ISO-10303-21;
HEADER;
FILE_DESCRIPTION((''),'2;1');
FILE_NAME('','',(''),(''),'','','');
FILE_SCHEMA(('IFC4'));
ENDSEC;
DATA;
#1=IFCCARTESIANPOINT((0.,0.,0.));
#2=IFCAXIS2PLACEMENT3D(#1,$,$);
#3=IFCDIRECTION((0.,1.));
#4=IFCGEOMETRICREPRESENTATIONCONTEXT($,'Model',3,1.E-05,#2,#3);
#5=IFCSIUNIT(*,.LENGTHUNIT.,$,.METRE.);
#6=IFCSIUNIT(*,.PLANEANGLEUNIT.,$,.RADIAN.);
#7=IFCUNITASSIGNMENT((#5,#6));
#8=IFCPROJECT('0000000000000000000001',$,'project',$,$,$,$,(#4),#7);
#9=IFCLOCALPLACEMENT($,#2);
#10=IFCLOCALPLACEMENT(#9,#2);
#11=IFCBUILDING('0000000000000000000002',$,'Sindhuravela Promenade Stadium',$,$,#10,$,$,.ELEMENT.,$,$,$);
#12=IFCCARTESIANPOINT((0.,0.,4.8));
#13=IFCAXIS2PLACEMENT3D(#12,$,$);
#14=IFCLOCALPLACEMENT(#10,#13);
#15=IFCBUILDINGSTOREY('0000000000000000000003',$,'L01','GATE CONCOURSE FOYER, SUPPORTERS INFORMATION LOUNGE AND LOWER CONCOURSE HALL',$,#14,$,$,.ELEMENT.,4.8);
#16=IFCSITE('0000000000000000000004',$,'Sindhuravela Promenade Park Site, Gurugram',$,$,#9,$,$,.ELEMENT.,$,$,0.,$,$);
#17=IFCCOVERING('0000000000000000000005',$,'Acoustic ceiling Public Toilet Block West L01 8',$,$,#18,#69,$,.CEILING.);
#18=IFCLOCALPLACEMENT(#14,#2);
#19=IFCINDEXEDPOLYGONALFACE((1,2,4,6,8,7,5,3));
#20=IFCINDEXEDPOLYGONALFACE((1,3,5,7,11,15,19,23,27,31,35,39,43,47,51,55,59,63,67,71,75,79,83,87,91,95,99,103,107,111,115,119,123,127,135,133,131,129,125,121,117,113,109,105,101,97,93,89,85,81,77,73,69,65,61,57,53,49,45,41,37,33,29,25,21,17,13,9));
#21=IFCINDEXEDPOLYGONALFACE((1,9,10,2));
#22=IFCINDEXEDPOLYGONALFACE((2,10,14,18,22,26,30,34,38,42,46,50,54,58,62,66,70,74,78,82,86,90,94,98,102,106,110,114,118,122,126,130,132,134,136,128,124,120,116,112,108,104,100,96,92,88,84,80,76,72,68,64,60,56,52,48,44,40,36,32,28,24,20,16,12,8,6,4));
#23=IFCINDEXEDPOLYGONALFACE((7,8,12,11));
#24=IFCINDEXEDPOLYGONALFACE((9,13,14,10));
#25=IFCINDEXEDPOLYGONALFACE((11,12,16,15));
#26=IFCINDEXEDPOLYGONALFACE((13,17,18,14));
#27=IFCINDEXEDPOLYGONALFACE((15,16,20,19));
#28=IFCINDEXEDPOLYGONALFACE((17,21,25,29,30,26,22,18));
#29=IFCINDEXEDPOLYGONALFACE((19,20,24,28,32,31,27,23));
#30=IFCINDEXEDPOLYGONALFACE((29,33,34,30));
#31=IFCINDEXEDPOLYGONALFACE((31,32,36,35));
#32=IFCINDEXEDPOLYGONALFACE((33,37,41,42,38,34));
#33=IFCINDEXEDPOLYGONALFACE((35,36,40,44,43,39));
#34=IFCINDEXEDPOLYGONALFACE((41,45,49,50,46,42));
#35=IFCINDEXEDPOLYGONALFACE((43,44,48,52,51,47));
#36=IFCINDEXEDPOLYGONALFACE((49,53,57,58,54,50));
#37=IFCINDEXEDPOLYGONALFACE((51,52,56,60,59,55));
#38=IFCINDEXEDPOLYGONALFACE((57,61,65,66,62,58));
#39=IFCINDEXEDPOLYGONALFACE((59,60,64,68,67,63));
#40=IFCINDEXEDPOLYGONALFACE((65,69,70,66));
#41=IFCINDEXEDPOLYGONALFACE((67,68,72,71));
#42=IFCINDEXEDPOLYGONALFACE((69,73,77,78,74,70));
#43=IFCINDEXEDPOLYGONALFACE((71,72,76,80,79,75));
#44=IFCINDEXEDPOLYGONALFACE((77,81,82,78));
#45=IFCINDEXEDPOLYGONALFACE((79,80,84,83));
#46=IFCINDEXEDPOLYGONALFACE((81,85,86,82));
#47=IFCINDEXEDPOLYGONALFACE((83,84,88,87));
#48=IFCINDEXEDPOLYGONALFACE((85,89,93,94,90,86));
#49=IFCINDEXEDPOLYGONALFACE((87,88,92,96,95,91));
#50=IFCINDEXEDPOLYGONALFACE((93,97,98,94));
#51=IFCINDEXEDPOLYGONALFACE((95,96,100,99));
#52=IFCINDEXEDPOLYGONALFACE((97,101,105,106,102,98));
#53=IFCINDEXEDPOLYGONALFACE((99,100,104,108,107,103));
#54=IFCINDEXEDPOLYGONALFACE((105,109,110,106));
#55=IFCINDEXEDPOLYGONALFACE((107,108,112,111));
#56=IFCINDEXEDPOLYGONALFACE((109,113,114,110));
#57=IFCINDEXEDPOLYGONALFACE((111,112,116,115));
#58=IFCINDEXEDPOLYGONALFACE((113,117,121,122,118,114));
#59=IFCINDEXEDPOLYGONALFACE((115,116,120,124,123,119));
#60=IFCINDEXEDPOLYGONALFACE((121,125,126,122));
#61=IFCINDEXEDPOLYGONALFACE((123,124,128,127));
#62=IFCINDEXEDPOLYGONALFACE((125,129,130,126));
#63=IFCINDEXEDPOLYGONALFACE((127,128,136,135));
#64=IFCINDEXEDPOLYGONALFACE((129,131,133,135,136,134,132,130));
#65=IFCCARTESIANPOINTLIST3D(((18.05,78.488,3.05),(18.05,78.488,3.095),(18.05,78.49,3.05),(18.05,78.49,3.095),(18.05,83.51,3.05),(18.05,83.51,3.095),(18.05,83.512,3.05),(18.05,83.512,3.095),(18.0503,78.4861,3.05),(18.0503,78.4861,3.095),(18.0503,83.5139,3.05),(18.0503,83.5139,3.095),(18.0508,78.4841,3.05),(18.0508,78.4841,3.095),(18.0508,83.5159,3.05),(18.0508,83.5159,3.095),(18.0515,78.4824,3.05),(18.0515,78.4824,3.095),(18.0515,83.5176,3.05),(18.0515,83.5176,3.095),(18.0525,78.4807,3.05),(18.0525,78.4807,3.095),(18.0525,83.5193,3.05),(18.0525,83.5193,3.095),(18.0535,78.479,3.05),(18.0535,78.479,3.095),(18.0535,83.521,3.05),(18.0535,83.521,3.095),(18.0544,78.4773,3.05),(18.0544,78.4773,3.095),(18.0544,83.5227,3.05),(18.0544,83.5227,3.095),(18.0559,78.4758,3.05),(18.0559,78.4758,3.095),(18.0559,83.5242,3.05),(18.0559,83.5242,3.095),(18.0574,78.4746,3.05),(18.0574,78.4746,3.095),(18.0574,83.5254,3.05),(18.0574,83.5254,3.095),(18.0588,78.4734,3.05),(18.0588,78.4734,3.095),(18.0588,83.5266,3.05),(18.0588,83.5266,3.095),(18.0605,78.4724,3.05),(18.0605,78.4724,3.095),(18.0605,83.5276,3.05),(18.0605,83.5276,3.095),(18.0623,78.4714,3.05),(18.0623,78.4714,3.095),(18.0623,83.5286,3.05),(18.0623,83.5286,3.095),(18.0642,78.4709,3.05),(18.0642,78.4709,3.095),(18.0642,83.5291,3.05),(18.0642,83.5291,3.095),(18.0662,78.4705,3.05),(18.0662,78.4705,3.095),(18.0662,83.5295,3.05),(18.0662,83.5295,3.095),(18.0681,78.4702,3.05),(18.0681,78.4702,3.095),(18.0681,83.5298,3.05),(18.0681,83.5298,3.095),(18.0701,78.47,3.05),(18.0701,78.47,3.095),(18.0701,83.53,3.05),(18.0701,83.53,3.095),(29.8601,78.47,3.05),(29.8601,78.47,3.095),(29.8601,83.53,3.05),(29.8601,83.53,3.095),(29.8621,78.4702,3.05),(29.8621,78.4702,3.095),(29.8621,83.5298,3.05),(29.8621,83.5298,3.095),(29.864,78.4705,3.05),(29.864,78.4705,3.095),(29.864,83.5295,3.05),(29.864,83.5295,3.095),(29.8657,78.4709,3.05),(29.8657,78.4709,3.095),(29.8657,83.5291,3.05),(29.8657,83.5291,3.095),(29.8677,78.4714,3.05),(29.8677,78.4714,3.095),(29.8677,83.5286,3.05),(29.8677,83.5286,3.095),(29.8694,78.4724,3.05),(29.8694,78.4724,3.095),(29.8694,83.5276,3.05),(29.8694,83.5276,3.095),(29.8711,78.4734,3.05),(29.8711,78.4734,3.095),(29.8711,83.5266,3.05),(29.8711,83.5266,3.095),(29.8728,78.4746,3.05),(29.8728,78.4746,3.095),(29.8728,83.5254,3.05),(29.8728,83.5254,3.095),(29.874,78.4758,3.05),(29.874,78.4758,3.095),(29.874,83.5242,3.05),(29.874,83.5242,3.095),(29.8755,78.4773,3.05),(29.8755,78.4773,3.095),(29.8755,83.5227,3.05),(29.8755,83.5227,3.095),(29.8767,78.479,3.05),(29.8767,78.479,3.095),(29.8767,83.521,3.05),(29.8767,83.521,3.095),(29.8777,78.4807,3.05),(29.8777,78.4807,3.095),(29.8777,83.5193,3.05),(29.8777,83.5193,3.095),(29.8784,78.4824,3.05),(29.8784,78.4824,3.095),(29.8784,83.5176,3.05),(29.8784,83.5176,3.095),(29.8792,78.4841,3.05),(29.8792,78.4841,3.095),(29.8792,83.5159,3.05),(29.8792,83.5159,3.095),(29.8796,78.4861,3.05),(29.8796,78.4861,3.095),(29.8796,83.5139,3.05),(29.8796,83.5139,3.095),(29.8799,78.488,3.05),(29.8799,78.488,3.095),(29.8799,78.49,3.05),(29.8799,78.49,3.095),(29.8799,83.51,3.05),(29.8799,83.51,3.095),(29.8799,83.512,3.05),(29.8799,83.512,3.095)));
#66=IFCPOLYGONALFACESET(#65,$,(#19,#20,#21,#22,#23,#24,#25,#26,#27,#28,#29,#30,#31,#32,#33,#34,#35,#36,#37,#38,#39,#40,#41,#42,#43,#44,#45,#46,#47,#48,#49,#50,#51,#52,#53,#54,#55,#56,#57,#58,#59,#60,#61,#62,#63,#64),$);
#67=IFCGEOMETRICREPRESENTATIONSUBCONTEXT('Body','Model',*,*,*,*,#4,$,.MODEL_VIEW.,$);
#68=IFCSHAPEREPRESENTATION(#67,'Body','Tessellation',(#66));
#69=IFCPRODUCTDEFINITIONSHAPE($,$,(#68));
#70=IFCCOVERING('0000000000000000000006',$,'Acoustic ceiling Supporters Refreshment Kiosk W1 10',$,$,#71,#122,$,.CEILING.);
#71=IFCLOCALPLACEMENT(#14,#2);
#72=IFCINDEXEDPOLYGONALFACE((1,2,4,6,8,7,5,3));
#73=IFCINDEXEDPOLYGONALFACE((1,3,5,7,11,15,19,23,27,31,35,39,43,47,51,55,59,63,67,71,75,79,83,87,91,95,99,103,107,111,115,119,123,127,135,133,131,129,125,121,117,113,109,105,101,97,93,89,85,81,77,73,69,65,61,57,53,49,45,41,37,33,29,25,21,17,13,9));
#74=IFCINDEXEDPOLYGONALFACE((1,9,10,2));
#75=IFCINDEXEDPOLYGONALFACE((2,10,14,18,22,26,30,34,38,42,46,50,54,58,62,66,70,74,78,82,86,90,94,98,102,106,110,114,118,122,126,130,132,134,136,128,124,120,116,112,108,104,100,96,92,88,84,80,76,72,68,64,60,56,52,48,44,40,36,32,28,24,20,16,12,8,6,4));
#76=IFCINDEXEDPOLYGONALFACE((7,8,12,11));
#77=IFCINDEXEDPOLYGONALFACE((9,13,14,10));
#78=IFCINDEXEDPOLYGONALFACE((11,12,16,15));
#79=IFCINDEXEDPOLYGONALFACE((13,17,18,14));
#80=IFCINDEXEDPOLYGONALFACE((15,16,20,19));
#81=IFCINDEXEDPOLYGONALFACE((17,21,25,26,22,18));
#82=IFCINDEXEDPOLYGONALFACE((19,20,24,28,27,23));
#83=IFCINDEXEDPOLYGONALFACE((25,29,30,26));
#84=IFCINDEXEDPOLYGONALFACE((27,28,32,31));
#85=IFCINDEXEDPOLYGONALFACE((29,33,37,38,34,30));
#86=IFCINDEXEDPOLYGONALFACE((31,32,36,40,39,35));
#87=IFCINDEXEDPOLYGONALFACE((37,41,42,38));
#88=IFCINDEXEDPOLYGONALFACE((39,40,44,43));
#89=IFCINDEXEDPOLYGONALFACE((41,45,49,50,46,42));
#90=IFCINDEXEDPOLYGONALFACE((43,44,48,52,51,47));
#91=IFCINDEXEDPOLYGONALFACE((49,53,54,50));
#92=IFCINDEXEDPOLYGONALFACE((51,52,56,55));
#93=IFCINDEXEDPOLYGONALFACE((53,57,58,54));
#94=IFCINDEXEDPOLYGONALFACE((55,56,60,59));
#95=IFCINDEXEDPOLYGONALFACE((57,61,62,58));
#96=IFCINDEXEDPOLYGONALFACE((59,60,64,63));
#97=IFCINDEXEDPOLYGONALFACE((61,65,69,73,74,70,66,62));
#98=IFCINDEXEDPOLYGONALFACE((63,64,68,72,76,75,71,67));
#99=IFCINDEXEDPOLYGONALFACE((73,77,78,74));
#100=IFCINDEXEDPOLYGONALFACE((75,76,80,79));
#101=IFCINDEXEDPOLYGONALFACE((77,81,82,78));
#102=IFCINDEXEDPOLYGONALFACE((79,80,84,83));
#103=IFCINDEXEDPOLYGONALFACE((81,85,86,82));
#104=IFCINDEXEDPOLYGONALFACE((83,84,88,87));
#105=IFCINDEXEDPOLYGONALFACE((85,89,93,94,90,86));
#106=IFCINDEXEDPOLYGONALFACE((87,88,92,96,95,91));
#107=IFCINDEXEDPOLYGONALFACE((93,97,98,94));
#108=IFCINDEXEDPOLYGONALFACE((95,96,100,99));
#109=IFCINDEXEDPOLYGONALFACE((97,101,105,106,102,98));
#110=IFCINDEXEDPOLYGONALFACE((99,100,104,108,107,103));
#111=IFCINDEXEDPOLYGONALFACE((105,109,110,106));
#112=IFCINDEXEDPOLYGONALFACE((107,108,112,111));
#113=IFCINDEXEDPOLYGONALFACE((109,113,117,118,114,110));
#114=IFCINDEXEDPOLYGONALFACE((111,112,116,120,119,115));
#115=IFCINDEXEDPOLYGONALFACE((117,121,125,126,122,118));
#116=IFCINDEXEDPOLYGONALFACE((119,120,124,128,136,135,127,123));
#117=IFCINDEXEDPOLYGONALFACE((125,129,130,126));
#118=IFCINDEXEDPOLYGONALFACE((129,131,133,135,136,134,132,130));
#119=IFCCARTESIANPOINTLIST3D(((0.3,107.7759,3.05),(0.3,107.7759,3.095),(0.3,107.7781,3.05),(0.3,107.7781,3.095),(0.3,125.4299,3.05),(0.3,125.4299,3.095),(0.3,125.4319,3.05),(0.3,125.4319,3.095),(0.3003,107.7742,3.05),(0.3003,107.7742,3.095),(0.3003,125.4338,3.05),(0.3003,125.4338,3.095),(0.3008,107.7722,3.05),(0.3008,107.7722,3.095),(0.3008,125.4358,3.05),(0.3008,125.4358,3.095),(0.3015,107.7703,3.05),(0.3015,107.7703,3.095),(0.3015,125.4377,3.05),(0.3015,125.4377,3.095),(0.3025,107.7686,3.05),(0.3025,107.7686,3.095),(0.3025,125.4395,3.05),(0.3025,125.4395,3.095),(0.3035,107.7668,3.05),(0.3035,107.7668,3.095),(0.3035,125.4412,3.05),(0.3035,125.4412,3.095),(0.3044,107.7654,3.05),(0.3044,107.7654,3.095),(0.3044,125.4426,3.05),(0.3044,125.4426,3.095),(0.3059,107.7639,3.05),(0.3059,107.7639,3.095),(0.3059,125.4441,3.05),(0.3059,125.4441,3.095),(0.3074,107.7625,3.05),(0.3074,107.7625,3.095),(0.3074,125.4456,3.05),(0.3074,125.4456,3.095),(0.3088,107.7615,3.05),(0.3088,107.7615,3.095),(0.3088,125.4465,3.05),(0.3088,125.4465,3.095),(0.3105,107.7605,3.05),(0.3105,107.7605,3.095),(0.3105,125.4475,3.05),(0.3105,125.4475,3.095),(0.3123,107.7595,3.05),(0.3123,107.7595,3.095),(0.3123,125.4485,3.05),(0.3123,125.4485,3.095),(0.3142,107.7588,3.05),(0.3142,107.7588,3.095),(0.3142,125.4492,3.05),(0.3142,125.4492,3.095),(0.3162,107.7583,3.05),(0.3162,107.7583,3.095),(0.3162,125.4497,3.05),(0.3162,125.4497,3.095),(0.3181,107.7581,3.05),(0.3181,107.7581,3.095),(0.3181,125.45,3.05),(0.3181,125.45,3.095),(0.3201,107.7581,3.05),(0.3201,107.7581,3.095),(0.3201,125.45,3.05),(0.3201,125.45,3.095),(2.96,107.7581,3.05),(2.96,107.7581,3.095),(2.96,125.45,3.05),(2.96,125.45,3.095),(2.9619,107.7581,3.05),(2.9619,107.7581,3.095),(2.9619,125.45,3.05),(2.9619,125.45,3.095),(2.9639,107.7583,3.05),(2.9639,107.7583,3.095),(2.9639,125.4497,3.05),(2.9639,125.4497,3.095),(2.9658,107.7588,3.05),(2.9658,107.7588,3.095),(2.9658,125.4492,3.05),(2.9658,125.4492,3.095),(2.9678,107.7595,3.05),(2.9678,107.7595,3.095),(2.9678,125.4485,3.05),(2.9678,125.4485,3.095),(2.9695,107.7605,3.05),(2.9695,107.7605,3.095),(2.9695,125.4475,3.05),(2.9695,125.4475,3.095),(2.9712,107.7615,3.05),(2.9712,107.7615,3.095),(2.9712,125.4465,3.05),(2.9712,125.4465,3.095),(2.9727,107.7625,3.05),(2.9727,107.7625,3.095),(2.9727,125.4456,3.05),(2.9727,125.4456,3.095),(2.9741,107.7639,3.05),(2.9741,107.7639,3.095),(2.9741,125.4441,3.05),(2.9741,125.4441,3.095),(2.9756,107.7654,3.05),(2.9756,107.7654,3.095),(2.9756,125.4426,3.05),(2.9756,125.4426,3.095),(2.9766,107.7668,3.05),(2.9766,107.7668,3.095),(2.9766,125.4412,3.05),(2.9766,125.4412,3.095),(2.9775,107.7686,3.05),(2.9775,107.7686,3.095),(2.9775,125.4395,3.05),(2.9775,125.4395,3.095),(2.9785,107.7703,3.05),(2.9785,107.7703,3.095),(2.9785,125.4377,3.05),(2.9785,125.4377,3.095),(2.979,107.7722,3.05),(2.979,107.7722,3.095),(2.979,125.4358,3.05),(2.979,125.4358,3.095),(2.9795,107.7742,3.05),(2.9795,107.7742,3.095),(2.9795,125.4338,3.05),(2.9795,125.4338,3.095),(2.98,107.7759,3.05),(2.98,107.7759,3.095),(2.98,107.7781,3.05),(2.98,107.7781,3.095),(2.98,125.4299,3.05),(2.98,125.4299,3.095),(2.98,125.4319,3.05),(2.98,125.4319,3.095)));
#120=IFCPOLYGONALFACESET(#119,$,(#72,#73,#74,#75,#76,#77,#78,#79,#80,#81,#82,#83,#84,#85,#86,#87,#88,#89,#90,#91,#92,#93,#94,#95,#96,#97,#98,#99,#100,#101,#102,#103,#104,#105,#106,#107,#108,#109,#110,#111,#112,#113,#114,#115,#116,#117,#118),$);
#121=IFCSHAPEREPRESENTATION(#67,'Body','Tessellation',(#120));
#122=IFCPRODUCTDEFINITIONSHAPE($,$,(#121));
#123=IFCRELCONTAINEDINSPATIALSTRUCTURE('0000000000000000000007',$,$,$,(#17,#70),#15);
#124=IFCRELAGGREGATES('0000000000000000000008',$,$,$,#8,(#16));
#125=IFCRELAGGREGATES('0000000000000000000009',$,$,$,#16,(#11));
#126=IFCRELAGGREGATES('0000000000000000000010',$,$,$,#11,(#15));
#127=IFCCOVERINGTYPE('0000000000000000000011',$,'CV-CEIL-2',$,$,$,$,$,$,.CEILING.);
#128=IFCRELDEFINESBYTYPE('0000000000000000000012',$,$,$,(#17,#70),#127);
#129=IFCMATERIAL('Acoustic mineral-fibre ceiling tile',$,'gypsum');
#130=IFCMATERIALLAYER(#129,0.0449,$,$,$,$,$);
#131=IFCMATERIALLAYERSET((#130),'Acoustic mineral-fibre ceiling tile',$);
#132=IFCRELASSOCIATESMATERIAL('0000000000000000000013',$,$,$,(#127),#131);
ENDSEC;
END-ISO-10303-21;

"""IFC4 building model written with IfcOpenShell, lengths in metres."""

from ifc_helpers import new_model, si_unit, direction, frame, origin, place, context, subcontext, project, spatial, polyline, outline, extrude, material, layer, layer_set, type_object, element, save


model = new_model("IFC4")

# Units and contexts
model_context = context("Model", 3, precision=1e-05, world=origin(), true_north=direction((0.0, 1.0)))
body_context = subcontext(model_context, "Body", "Model", "MODEL_VIEW")
ifc_project = project(units=[si_unit("LENGTHUNIT", "METRE"), si_unit("PLANEANGLEUNIT", "RADIAN")], contexts=[model_context])

# Site, building, storey
site_placement = place(None, origin())
site = spatial("IfcSite", under=ifc_project, at=site_placement, Name="Sindhuravela Promenade Park Site, Gurugram", CompositionType="ELEMENT", RefElevation=0.0)
building_placement = place(site_placement, origin())
building = spatial("IfcBuilding", under=site, at=building_placement, Name="Sindhuravela Promenade Stadium", CompositionType="ELEMENT")
storey_placement = place(building_placement, frame((0.0, 0.0, 4.8)))
storey = spatial("IfcBuildingStorey", under=building, at=storey_placement, Name="L01", Description="GATE CONCOURSE FOYER, SUPPORTERS INFORMATION LOUNGE AND LOWER CONCOURSE HALL", CompositionType="ELEMENT", Elevation=4.8)

# Coverings
ifc_material_1 = material(Name="Acoustic mineral-fibre ceiling tile", Category="gypsum")
ifc_layer_1 = layer(ifc_material_1, 0.0449)
ifc_layer_set_1 = layer_set([ifc_layer_1], Name="Acoustic mineral-fibre ceiling tile")
covering_type_1 = type_object("IfcCoveringType", Name="CV-CEIL-2", PredefinedType="CEILING", material=ifc_layer_set_1)
covering_1_placement = place(storey_placement, frame((0.0, 0.0, 3.05)))
element("IfcCovering", 1, at=covering_1_placement, inside=storey, type_object=covering_type_1, Name="Acoustic ceiling Public Toilet Block West L01 8", PredefinedType="CEILING", context=body_context, shape_type="SweptSolid", body=[
    extrude(outline(polyline([(29.8601, 83.53), (29.8621, 83.5298), (29.864, 83.5295), (29.8657, 83.5291), (29.8677, 83.5286), (29.8694, 83.5276), (29.8711, 83.5266), (29.8728, 83.5254), (29.874, 83.5242), (29.8755, 83.5227), (29.8767, 83.521), (29.8777, 83.5193), (29.8784, 83.5176), (29.8792, 83.5159), (29.8796, 83.5139), (29.8799, 83.512), (29.8799, 83.51), (29.8799, 78.49), (29.8799, 78.488), (29.8796, 78.4861), (29.8792, 78.4841), (29.8784, 78.4824), (29.8777, 78.4807), (29.8767, 78.479), (29.8755, 78.4773), (29.874, 78.4758), (29.8728, 78.4746), (29.8711, 78.4734), (29.8694, 78.4724), (29.8677, 78.4714), (29.8657, 78.4709), (29.864, 78.4705), (29.8621, 78.4702), (29.8601, 78.47), (18.0701, 78.47), (18.0681, 78.4702), (18.0662, 78.4705), (18.0642, 78.4709), (18.0623, 78.4714), (18.0605, 78.4724), (18.0588, 78.4734), (18.0574, 78.4746), (18.0559, 78.4758), (18.0544, 78.4773), (18.0535, 78.479), (18.0525, 78.4807), (18.0515, 78.4824), (18.0508, 78.4841), (18.0503, 78.4861), (18.05, 78.488), (18.05, 78.49), (18.05, 83.51), (18.05, 83.512), (18.0503, 83.5139), (18.0508, 83.5159), (18.0515, 83.5176), (18.0525, 83.5193), (18.0535, 83.521), (18.0544, 83.5227), (18.0559, 83.5242), (18.0574, 83.5254), (18.0588, 83.5266), (18.0605, 83.5276), (18.0623, 83.5286), (18.0642, 83.5291), (18.0662, 83.5295), (18.0681, 83.5298), (18.0701, 83.53), (29.8601, 83.53)])), origin(), (0.0, 0.0, 1.0), 0.0449),
])
covering_2_placement = place(storey_placement, frame((0.0, 0.0, 3.05)))
element("IfcCovering", 2, at=covering_2_placement, inside=storey, type_object=covering_type_1, Name="Acoustic ceiling Supporters Refreshment Kiosk W1 10", PredefinedType="CEILING", context=body_context, shape_type="SweptSolid", body=[
    extrude(outline(polyline([(0.3, 125.4299), (0.3, 125.4319), (0.3003, 125.4338), (0.3008, 125.4358), (0.3015, 125.4377), (0.3025, 125.4395), (0.3035, 125.4412), (0.3044, 125.4426), (0.3059, 125.4441), (0.3074, 125.4456), (0.3088, 125.4465), (0.3105, 125.4475), (0.3123, 125.4485), (0.3142, 125.4492), (0.3162, 125.4497), (0.3181, 125.45), (0.3201, 125.45), (2.96, 125.45), (2.9619, 125.45), (2.9639, 125.4497), (2.9658, 125.4492), (2.9678, 125.4485), (2.9695, 125.4475), (2.9712, 125.4465), (2.9727, 125.4456), (2.9741, 125.4441), (2.9756, 125.4426), (2.9766, 125.4412), (2.9775, 125.4395), (2.9785, 125.4377), (2.979, 125.4358), (2.9795, 125.4338), (2.98, 125.4319), (2.98, 125.4299), (2.98, 107.7781), (2.98, 107.7759), (2.9795, 107.7742), (2.979, 107.7722), (2.9785, 107.7703), (2.9775, 107.7686), (2.9766, 107.7668), (2.9756, 107.7654), (2.9741, 107.7639), (2.9727, 107.7625), (2.9712, 107.7615), (2.9695, 107.7605), (2.9678, 107.7595), (2.9658, 107.7588), (2.9639, 107.7583), (2.9619, 107.7581), (2.96, 107.7581), (0.3201, 107.7581), (0.3181, 107.7581), (0.3162, 107.7583), (0.3142, 107.7588), (0.3123, 107.7595), (0.3105, 107.7605), (0.3088, 107.7615), (0.3074, 107.7625), (0.3059, 107.7639), (0.3044, 107.7654), (0.3035, 107.7668), (0.3025, 107.7686), (0.3015, 107.7703), (0.3008, 107.7722), (0.3003, 107.7742), (0.3, 107.7759), (0.3, 107.7781), (0.3, 125.4299)])), origin(), (0.0, 0.0, 1.0), 0.0449),
])

save(model, "model.ifc")
